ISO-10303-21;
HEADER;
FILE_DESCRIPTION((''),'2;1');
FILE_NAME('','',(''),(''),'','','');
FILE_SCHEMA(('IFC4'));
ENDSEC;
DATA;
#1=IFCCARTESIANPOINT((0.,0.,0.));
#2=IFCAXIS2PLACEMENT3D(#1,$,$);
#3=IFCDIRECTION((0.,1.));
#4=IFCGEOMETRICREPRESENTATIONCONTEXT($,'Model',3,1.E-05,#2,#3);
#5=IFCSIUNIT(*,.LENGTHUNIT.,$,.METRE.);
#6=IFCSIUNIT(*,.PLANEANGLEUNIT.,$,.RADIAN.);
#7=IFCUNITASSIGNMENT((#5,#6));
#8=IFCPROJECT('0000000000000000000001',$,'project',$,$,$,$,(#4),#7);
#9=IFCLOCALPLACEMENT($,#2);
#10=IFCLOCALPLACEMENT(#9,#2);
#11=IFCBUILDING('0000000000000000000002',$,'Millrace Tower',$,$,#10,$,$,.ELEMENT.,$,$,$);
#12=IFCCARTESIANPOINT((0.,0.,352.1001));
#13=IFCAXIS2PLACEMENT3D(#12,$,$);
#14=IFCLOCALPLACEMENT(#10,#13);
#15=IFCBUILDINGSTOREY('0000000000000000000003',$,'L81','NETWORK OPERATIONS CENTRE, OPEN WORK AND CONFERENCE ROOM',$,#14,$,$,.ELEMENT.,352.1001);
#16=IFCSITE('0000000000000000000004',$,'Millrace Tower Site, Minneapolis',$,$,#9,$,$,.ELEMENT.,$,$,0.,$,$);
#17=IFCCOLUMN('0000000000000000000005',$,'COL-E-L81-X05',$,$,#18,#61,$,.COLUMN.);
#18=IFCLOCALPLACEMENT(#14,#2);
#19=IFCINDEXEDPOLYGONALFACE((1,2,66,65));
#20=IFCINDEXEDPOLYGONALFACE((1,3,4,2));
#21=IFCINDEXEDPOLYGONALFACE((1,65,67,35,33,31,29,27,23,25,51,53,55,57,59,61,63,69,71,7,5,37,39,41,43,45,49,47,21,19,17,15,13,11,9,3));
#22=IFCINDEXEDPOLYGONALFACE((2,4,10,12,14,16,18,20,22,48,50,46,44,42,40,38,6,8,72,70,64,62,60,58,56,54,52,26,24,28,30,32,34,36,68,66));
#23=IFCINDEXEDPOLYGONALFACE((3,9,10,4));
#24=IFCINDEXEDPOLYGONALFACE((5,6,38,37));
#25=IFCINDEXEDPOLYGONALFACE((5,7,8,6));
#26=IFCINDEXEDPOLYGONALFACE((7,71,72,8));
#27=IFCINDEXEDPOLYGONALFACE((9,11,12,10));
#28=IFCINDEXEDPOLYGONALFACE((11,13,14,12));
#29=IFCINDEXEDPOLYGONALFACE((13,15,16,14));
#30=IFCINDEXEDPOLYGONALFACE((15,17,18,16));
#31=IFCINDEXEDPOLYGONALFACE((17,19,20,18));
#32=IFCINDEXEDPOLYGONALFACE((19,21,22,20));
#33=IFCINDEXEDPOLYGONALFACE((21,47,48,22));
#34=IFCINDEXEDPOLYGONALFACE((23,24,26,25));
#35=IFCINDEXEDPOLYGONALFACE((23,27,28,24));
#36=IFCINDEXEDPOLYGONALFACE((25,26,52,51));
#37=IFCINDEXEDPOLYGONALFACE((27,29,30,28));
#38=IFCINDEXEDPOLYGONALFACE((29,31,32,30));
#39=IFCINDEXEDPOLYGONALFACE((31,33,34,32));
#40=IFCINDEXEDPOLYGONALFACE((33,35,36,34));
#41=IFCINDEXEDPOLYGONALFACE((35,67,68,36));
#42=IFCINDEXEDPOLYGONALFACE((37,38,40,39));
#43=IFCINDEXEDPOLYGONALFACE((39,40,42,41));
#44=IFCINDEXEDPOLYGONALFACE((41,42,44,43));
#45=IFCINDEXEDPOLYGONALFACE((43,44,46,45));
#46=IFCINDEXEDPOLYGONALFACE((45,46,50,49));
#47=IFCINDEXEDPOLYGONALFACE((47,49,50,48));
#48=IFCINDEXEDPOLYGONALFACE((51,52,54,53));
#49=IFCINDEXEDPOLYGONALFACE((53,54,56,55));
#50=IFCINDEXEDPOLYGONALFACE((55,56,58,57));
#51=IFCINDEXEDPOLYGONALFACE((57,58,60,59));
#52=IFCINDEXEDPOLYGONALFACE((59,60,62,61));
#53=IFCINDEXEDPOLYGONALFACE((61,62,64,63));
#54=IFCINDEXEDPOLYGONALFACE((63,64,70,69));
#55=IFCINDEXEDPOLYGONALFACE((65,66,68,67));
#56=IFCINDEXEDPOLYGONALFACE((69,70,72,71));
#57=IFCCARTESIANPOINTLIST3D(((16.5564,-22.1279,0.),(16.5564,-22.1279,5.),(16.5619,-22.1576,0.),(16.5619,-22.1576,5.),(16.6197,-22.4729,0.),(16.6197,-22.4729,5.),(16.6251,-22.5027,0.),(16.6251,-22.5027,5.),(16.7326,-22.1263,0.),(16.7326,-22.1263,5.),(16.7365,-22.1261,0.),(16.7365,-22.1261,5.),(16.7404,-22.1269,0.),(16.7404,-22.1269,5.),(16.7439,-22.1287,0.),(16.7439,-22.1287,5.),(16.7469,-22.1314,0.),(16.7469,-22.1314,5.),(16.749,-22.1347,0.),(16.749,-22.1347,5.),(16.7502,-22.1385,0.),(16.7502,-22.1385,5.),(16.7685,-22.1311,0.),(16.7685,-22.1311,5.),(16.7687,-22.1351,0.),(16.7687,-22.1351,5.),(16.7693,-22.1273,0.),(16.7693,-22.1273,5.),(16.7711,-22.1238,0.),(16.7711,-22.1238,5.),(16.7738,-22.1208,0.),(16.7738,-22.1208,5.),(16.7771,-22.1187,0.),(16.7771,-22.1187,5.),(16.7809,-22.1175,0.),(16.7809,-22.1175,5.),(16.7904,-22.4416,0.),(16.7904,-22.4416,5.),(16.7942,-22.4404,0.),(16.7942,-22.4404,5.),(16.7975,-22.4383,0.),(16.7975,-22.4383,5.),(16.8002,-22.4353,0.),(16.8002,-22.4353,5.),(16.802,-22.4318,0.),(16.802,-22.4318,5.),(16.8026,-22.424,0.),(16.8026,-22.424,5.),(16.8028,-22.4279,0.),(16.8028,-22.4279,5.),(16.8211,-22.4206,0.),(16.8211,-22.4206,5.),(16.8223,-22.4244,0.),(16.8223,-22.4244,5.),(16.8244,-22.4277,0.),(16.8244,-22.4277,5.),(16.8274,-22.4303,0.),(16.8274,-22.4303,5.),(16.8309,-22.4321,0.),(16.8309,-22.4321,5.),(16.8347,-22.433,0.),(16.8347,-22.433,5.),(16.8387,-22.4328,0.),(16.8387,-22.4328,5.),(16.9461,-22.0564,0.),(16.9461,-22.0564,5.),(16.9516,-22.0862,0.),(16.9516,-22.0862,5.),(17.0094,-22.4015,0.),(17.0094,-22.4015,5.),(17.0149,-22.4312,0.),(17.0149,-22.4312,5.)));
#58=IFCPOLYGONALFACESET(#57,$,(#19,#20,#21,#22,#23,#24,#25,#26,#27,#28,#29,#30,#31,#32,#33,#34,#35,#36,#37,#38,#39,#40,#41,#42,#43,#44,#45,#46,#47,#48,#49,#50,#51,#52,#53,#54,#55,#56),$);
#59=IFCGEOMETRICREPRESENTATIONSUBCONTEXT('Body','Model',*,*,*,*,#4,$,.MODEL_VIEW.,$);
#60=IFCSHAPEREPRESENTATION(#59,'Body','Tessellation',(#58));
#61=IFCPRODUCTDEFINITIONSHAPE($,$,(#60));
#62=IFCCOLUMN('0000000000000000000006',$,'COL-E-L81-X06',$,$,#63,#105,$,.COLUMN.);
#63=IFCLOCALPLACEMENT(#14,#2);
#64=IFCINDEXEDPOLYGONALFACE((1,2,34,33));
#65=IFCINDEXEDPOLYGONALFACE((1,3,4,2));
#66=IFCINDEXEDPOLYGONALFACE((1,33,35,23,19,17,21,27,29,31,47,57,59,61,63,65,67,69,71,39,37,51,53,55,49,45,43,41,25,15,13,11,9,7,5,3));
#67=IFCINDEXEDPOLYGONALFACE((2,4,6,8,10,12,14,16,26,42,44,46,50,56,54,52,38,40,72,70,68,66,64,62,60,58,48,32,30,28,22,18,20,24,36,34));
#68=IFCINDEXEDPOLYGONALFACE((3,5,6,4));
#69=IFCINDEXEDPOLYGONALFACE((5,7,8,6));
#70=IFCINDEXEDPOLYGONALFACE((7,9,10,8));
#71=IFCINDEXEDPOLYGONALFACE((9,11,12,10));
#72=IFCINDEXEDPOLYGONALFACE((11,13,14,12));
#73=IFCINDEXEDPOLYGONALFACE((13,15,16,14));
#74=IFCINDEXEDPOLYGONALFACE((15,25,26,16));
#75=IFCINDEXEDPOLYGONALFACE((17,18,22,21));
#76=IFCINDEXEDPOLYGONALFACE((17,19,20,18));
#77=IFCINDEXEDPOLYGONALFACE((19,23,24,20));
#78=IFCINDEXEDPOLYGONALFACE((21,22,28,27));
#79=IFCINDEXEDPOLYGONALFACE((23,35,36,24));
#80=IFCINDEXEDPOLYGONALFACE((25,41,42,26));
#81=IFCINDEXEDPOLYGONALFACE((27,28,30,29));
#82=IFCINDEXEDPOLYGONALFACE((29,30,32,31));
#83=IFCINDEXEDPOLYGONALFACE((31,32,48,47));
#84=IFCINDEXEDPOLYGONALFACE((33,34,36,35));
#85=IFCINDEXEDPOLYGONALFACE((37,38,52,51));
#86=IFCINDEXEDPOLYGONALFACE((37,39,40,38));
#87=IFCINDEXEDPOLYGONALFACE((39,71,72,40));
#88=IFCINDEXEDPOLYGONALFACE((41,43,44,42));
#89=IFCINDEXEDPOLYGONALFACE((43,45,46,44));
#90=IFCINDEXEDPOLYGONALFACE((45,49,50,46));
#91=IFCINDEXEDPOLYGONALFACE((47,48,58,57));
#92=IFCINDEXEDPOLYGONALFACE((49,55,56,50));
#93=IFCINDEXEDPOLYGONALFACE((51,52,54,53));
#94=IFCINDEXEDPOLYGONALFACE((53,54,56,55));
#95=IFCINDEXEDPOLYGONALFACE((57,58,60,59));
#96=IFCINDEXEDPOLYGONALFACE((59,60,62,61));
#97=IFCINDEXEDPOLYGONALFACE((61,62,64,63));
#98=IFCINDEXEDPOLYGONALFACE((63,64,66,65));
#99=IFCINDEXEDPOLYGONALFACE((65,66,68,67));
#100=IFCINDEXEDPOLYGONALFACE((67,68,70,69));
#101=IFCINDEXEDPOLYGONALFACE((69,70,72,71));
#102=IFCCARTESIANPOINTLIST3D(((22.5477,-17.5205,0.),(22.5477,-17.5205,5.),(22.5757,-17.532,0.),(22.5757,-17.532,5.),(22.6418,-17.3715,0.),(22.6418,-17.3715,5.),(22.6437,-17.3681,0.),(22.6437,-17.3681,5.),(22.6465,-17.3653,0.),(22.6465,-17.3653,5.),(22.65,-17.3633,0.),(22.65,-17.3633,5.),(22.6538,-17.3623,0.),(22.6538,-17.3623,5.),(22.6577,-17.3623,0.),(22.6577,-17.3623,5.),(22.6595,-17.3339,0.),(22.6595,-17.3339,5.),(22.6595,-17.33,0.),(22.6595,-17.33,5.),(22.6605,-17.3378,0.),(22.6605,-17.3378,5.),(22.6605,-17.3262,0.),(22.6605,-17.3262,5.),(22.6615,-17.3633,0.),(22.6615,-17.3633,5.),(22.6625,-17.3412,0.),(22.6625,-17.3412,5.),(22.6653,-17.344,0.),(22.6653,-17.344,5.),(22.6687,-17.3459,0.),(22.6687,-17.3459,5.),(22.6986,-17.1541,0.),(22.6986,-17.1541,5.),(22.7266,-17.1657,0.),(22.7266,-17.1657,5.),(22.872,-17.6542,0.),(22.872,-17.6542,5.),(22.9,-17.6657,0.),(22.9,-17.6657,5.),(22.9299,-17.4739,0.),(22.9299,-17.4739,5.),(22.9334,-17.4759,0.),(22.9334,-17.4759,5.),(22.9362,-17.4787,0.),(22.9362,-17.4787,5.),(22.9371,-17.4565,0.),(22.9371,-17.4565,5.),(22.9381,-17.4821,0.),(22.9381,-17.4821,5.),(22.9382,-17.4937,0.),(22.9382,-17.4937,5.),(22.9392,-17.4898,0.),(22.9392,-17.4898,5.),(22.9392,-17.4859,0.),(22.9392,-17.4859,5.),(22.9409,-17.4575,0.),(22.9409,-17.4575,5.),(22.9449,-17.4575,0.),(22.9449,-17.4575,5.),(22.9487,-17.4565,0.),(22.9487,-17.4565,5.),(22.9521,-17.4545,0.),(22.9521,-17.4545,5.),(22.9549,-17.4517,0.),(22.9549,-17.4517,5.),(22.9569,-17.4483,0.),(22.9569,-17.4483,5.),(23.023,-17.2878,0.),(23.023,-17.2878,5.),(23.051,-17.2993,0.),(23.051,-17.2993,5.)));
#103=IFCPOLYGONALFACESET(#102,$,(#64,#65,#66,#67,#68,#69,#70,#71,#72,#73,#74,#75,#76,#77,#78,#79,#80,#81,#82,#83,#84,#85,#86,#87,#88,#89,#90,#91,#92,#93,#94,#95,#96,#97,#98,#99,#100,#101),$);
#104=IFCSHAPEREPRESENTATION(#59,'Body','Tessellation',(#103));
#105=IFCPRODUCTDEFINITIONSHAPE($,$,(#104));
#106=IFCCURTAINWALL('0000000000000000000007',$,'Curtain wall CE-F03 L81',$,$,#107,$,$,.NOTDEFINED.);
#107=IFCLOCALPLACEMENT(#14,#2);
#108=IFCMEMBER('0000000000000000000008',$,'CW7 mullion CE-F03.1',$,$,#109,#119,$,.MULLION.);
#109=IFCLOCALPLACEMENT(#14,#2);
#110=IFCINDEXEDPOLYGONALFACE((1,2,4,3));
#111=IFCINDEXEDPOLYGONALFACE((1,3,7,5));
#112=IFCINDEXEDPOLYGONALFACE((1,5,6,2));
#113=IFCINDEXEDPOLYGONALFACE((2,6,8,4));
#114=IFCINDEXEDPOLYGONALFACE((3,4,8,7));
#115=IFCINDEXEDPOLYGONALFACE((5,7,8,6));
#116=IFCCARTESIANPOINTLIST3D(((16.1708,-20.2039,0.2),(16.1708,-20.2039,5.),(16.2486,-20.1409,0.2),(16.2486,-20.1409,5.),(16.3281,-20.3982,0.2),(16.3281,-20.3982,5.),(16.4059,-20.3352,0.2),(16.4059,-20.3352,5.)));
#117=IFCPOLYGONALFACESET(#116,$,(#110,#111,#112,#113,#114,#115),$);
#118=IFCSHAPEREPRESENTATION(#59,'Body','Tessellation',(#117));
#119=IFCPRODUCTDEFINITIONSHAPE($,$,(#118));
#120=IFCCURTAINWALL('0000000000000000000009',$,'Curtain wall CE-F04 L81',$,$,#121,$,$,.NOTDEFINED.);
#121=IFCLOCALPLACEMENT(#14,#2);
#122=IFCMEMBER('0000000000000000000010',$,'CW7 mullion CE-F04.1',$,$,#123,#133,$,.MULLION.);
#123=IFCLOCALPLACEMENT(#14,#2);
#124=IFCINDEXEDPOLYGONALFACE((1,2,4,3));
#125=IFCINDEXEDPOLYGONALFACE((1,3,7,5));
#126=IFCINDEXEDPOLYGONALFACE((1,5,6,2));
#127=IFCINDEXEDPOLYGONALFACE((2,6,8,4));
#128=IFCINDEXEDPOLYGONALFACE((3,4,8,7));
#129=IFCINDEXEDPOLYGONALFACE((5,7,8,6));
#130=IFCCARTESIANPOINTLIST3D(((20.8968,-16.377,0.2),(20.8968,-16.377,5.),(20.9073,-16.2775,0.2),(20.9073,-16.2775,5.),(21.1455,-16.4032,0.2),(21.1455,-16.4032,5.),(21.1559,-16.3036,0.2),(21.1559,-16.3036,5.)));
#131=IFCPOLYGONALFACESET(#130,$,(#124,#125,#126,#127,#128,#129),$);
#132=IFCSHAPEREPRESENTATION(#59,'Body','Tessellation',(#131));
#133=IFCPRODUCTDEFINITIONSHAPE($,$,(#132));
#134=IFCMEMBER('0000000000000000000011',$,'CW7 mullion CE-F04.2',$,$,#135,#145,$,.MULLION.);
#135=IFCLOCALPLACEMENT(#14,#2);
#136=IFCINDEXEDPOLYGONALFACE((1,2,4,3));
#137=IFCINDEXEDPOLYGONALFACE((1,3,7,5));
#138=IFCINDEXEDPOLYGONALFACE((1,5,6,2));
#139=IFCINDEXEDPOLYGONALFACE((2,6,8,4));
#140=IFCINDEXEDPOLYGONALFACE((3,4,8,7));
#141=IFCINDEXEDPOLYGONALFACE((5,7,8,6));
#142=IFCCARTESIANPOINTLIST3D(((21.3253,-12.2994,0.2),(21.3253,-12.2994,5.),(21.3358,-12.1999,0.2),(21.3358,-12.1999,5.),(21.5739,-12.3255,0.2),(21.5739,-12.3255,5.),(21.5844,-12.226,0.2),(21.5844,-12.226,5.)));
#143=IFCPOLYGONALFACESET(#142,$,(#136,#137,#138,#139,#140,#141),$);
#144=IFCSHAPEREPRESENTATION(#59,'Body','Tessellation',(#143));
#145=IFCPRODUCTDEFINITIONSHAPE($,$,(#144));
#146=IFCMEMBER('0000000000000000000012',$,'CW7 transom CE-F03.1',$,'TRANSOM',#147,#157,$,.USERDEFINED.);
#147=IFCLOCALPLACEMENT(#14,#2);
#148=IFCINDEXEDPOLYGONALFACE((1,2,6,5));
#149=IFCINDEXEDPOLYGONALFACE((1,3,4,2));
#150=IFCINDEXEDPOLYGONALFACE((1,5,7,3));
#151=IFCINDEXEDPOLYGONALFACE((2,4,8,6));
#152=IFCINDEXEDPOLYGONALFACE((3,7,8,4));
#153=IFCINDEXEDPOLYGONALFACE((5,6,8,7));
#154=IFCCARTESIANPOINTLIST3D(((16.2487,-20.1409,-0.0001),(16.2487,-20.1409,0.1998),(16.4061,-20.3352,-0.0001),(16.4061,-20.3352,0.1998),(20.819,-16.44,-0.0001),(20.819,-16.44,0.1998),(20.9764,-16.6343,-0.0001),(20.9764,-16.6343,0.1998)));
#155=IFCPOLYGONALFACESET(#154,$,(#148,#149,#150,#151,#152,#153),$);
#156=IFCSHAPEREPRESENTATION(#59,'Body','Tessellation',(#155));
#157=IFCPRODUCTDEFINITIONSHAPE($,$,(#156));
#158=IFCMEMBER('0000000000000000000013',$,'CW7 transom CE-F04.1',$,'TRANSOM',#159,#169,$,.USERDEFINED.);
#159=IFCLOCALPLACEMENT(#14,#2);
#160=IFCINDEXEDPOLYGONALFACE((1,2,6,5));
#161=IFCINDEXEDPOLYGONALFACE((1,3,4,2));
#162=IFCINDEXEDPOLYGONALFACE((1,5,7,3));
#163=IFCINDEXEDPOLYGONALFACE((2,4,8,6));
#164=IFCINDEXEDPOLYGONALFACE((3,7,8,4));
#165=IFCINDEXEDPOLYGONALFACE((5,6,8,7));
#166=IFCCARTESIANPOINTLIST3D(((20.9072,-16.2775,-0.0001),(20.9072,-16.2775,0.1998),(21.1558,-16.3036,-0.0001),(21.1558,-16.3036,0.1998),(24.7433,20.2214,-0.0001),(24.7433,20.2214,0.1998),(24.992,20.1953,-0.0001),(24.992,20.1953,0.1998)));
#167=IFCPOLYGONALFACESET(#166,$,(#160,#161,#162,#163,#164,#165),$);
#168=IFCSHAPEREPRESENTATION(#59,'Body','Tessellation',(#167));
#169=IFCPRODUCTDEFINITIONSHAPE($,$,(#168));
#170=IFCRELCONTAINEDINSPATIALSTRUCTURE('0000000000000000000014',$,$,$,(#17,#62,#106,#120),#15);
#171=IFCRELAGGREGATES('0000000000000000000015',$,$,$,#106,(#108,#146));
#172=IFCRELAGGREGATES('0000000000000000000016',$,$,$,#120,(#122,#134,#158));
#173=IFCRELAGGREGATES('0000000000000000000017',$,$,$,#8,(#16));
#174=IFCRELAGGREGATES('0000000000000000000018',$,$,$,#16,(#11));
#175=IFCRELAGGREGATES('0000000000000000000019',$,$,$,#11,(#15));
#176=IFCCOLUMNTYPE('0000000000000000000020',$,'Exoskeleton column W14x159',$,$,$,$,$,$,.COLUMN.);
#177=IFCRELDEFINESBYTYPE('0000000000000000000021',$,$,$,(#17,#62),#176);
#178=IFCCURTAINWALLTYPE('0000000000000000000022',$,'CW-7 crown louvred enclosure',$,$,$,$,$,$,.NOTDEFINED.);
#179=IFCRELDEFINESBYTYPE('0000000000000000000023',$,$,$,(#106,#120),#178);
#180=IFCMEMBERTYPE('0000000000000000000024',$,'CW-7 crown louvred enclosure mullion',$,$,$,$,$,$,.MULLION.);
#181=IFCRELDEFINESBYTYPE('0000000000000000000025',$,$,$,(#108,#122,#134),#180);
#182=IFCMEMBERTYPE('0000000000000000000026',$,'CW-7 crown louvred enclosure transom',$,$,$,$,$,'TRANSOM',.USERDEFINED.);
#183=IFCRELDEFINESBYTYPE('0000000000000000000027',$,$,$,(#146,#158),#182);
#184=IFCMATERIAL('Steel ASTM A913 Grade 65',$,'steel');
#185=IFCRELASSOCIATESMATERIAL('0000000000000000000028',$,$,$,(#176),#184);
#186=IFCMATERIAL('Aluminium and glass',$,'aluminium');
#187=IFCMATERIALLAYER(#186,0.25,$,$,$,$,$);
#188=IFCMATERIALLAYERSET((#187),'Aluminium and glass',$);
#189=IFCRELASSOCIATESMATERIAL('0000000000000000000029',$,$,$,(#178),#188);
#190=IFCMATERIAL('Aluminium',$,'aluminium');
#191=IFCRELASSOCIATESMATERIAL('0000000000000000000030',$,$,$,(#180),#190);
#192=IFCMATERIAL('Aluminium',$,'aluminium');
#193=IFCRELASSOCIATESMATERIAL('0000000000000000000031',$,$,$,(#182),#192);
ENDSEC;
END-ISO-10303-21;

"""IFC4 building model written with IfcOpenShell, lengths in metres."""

from ifc_helpers import new_model, si_unit, direction, frame, origin, origin_2d, place, context, subcontext, project, spatial, rectangle, i_section, extrude, material, layer, layer_set, material_profile, profile_set, type_object, element, aggregate, save


model = new_model("IFC4")

# Units and contexts
model_context = context("Model", 3, precision=1e-05, world=origin(), true_north=direction((0.0, 1.0)))
body_context = subcontext(model_context, "Body", "Model", "MODEL_VIEW")
ifc_project = project(units=[si_unit("LENGTHUNIT", "METRE"), si_unit("PLANEANGLEUNIT", "RADIAN")], contexts=[model_context])

# Site, building, storey
site_placement = place(None, origin())
site = spatial("IfcSite", under=ifc_project, at=site_placement, Name="Millrace Tower Site, Minneapolis", CompositionType="ELEMENT", RefElevation=0.0)
building_placement = place(site_placement, origin())
building = spatial("IfcBuilding", under=site, at=building_placement, Name="Millrace Tower", CompositionType="ELEMENT")
storey_placement = place(building_placement, frame((0.0, 0.0, 352.1001)))
storey = spatial("IfcBuildingStorey", under=building, at=storey_placement, Name="L81", Description="NETWORK OPERATIONS CENTRE, OPEN WORK AND CONFERENCE ROOM", CompositionType="ELEMENT", Elevation=352.1001)

# Columns
ifc_material_1 = material(Name="Steel ASTM A913 Grade 65", Category="steel")
ifc_material_profile_1 = material_profile(ifc_material_1, i_section(OverallWidth=0.3962, OverallDepth=0.3811, WebThickness=0.0188, FlangeThickness=0.0303, FilletRadius=0.0151, at=origin_2d()))
ifc_profile_set_1 = profile_set([ifc_material_profile_1], Name="Steel ASTM A913 Grade 65")
column_type = type_object("IfcColumnType", Name="Exoskeleton column W14x159", PredefinedType="COLUMN", material=ifc_profile_set_1)
for number, where, z_axis, x_axis, name in (
    (1, (16.7856, -22.2795, 0.0), (0.0, 0.0, 1.0), (0.983596, 0.180387, 0.0), "COL-E-L81-X05"),
    (2, (22.7993, -17.4099, 0.0), (0.0, 0.0, 1.0), (0.380947, 0.924597, 0.0), "COL-E-L81-X06"),
):
    element("IfcColumn", number, at=place(storey_placement, frame(where, z_axis=z_axis, x_axis=x_axis)), inside=storey, type_object=column_type, Name=name, PredefinedType="COLUMN", context=body_context, shape_type="SweptSolid", body=[
        extrude(i_section(OverallWidth=0.3962, OverallDepth=0.3811, WebThickness=0.0188, FlangeThickness=0.0303, FilletRadius=0.0151, at=origin_2d()), origin(), (0.0, 0.0, 1.0), 5.0),
    ])

# Curtain wall, member
ifc_material_2 = material(Name="Aluminium and glass", Category="aluminium")
ifc_layer_1 = layer(ifc_material_2, 0.25)
ifc_layer_set_1 = layer_set([ifc_layer_1], Name="Aluminium and glass")
curtain_wall_type = type_object("IfcCurtainWallType", Name="CW-7 crown louvred enclosure", PredefinedType="NOTDEFINED", material=ifc_layer_set_1)
placement = place(storey_placement, origin())
curtain_wall_1 = element("IfcCurtainWall", 3, at=placement, inside=storey, type_object=curtain_wall_type, Name="Curtain wall CE-F03 L81", PredefinedType="NOTDEFINED")
ifc_material_3 = material(Name="Aluminium", Category="aluminium")
ifc_material_profile_2 = material_profile(ifc_material_3, rectangle(XDim=0.1001, YDim=0.25, at=origin_2d()))
ifc_profile_set_2 = profile_set([ifc_material_profile_2], Name="Aluminium")
member_type_1 = type_object("IfcMemberType", Name="CW-7 crown louvred enclosure mullion", PredefinedType="MULLION", material=ifc_profile_set_2)
member_1_placement = place(storey_placement, frame((16.2883, -20.2695, 0.2), z_axis=(0.0, 0.0, 1.0), x_axis=(0.777146, 0.62932, 0.0)))
member_1 = element("IfcMember", 4, at=member_1_placement, type_object=member_type_1, Name="CW7 mullion CE-F03.1", PredefinedType="MULLION", context=body_context, shape_type="SweptSolid", body=[
    extrude(rectangle(XDim=0.1001, YDim=0.25, at=origin_2d()), origin(), (0.0, 0.0, 1.0), 4.8),
])

# Curtain wall, members
curtain_wall_2 = element("IfcCurtainWall", 5, at=placement, inside=storey, type_object=curtain_wall_type, Name="Curtain wall CE-F04 L81", PredefinedType="NOTDEFINED")
member_2_placement = place(storey_placement, frame((21.0264, -16.3403, 0.2), z_axis=(0.0, 0.0, 1.0), x_axis=(0.104528, 0.994522, 0.0)))
member_2 = element("IfcMember", 6, at=member_2_placement, type_object=member_type_1, Name="CW7 mullion CE-F04.1", PredefinedType="MULLION", context=body_context, shape_type="SweptSolid", body=[
    extrude(rectangle(XDim=0.1001, YDim=0.25, at=origin_2d()), origin(), (0.0, 0.0, 1.0), 4.8),
])
member_3_placement = place(storey_placement, frame((21.4548, -12.2627, 0.2), z_axis=(0.0, 0.0, 1.0), x_axis=(0.104528, 0.994522, 0.0)))
member_3 = element("IfcMember", 7, at=member_3_placement, type_object=member_type_1, Name="CW7 mullion CE-F04.2", PredefinedType="MULLION", context=body_context, shape_type="SweptSolid", body=[
    extrude(rectangle(XDim=0.1001, YDim=0.25, at=origin_2d()), origin(), (0.0, 0.0, 1.0), 4.8),
])

# Members
ifc_material_4 = material(Name="Aluminium", Category="aluminium")
ifc_material_profile_3 = material_profile(ifc_material_4, rectangle(XDim=0.25, YDim=0.2, at=origin_2d()))
ifc_profile_set_3 = profile_set([ifc_material_profile_3], Name="Aluminium")
member_type_2 = type_object("IfcMemberType", Name="CW-7 crown louvred enclosure transom", ElementType="TRANSOM", PredefinedType="USERDEFINED", material=ifc_profile_set_3)
member_4_placement = place(storey_placement, frame((16.3274, -20.238, 0.0999), z_axis=(0.777149, 0.629316, 0.0), x_axis=(-0.629316, 0.777149, 0.0)))
member_4 = element("IfcMember", 8, at=member_4_placement, type_object=member_type_2, Name="CW7 transom CE-F03.1", ObjectType="TRANSOM", PredefinedType="USERDEFINED", context=body_context, shape_type="SweptSolid", body=[
    extrude(rectangle(XDim=0.25, YDim=0.2, at=origin_2d()), origin(), (0.0, 0.0, 1.0), 5.8809),
])
aggregate(curtain_wall_1, [member_1, member_4])
member_5_placement = place(storey_placement, frame((21.0315, -16.2905, 0.0999), z_axis=(0.104528, 0.994522, 0.0), x_axis=(-0.994522, 0.104528, 0.0)))
member_5 = element("IfcMember", 9, at=member_5_placement, type_object=member_type_2, Name="CW7 transom CE-F04.1", ObjectType="TRANSOM", PredefinedType="USERDEFINED", context=body_context, shape_type="SweptSolid", body=[
    extrude(rectangle(XDim=0.25, YDim=0.2, at=origin_2d()), origin(), (0.0, 0.0, 1.0), 36.7),
])
aggregate(curtain_wall_2, [member_2, member_3, member_5])

save(model, "model.ifc")
